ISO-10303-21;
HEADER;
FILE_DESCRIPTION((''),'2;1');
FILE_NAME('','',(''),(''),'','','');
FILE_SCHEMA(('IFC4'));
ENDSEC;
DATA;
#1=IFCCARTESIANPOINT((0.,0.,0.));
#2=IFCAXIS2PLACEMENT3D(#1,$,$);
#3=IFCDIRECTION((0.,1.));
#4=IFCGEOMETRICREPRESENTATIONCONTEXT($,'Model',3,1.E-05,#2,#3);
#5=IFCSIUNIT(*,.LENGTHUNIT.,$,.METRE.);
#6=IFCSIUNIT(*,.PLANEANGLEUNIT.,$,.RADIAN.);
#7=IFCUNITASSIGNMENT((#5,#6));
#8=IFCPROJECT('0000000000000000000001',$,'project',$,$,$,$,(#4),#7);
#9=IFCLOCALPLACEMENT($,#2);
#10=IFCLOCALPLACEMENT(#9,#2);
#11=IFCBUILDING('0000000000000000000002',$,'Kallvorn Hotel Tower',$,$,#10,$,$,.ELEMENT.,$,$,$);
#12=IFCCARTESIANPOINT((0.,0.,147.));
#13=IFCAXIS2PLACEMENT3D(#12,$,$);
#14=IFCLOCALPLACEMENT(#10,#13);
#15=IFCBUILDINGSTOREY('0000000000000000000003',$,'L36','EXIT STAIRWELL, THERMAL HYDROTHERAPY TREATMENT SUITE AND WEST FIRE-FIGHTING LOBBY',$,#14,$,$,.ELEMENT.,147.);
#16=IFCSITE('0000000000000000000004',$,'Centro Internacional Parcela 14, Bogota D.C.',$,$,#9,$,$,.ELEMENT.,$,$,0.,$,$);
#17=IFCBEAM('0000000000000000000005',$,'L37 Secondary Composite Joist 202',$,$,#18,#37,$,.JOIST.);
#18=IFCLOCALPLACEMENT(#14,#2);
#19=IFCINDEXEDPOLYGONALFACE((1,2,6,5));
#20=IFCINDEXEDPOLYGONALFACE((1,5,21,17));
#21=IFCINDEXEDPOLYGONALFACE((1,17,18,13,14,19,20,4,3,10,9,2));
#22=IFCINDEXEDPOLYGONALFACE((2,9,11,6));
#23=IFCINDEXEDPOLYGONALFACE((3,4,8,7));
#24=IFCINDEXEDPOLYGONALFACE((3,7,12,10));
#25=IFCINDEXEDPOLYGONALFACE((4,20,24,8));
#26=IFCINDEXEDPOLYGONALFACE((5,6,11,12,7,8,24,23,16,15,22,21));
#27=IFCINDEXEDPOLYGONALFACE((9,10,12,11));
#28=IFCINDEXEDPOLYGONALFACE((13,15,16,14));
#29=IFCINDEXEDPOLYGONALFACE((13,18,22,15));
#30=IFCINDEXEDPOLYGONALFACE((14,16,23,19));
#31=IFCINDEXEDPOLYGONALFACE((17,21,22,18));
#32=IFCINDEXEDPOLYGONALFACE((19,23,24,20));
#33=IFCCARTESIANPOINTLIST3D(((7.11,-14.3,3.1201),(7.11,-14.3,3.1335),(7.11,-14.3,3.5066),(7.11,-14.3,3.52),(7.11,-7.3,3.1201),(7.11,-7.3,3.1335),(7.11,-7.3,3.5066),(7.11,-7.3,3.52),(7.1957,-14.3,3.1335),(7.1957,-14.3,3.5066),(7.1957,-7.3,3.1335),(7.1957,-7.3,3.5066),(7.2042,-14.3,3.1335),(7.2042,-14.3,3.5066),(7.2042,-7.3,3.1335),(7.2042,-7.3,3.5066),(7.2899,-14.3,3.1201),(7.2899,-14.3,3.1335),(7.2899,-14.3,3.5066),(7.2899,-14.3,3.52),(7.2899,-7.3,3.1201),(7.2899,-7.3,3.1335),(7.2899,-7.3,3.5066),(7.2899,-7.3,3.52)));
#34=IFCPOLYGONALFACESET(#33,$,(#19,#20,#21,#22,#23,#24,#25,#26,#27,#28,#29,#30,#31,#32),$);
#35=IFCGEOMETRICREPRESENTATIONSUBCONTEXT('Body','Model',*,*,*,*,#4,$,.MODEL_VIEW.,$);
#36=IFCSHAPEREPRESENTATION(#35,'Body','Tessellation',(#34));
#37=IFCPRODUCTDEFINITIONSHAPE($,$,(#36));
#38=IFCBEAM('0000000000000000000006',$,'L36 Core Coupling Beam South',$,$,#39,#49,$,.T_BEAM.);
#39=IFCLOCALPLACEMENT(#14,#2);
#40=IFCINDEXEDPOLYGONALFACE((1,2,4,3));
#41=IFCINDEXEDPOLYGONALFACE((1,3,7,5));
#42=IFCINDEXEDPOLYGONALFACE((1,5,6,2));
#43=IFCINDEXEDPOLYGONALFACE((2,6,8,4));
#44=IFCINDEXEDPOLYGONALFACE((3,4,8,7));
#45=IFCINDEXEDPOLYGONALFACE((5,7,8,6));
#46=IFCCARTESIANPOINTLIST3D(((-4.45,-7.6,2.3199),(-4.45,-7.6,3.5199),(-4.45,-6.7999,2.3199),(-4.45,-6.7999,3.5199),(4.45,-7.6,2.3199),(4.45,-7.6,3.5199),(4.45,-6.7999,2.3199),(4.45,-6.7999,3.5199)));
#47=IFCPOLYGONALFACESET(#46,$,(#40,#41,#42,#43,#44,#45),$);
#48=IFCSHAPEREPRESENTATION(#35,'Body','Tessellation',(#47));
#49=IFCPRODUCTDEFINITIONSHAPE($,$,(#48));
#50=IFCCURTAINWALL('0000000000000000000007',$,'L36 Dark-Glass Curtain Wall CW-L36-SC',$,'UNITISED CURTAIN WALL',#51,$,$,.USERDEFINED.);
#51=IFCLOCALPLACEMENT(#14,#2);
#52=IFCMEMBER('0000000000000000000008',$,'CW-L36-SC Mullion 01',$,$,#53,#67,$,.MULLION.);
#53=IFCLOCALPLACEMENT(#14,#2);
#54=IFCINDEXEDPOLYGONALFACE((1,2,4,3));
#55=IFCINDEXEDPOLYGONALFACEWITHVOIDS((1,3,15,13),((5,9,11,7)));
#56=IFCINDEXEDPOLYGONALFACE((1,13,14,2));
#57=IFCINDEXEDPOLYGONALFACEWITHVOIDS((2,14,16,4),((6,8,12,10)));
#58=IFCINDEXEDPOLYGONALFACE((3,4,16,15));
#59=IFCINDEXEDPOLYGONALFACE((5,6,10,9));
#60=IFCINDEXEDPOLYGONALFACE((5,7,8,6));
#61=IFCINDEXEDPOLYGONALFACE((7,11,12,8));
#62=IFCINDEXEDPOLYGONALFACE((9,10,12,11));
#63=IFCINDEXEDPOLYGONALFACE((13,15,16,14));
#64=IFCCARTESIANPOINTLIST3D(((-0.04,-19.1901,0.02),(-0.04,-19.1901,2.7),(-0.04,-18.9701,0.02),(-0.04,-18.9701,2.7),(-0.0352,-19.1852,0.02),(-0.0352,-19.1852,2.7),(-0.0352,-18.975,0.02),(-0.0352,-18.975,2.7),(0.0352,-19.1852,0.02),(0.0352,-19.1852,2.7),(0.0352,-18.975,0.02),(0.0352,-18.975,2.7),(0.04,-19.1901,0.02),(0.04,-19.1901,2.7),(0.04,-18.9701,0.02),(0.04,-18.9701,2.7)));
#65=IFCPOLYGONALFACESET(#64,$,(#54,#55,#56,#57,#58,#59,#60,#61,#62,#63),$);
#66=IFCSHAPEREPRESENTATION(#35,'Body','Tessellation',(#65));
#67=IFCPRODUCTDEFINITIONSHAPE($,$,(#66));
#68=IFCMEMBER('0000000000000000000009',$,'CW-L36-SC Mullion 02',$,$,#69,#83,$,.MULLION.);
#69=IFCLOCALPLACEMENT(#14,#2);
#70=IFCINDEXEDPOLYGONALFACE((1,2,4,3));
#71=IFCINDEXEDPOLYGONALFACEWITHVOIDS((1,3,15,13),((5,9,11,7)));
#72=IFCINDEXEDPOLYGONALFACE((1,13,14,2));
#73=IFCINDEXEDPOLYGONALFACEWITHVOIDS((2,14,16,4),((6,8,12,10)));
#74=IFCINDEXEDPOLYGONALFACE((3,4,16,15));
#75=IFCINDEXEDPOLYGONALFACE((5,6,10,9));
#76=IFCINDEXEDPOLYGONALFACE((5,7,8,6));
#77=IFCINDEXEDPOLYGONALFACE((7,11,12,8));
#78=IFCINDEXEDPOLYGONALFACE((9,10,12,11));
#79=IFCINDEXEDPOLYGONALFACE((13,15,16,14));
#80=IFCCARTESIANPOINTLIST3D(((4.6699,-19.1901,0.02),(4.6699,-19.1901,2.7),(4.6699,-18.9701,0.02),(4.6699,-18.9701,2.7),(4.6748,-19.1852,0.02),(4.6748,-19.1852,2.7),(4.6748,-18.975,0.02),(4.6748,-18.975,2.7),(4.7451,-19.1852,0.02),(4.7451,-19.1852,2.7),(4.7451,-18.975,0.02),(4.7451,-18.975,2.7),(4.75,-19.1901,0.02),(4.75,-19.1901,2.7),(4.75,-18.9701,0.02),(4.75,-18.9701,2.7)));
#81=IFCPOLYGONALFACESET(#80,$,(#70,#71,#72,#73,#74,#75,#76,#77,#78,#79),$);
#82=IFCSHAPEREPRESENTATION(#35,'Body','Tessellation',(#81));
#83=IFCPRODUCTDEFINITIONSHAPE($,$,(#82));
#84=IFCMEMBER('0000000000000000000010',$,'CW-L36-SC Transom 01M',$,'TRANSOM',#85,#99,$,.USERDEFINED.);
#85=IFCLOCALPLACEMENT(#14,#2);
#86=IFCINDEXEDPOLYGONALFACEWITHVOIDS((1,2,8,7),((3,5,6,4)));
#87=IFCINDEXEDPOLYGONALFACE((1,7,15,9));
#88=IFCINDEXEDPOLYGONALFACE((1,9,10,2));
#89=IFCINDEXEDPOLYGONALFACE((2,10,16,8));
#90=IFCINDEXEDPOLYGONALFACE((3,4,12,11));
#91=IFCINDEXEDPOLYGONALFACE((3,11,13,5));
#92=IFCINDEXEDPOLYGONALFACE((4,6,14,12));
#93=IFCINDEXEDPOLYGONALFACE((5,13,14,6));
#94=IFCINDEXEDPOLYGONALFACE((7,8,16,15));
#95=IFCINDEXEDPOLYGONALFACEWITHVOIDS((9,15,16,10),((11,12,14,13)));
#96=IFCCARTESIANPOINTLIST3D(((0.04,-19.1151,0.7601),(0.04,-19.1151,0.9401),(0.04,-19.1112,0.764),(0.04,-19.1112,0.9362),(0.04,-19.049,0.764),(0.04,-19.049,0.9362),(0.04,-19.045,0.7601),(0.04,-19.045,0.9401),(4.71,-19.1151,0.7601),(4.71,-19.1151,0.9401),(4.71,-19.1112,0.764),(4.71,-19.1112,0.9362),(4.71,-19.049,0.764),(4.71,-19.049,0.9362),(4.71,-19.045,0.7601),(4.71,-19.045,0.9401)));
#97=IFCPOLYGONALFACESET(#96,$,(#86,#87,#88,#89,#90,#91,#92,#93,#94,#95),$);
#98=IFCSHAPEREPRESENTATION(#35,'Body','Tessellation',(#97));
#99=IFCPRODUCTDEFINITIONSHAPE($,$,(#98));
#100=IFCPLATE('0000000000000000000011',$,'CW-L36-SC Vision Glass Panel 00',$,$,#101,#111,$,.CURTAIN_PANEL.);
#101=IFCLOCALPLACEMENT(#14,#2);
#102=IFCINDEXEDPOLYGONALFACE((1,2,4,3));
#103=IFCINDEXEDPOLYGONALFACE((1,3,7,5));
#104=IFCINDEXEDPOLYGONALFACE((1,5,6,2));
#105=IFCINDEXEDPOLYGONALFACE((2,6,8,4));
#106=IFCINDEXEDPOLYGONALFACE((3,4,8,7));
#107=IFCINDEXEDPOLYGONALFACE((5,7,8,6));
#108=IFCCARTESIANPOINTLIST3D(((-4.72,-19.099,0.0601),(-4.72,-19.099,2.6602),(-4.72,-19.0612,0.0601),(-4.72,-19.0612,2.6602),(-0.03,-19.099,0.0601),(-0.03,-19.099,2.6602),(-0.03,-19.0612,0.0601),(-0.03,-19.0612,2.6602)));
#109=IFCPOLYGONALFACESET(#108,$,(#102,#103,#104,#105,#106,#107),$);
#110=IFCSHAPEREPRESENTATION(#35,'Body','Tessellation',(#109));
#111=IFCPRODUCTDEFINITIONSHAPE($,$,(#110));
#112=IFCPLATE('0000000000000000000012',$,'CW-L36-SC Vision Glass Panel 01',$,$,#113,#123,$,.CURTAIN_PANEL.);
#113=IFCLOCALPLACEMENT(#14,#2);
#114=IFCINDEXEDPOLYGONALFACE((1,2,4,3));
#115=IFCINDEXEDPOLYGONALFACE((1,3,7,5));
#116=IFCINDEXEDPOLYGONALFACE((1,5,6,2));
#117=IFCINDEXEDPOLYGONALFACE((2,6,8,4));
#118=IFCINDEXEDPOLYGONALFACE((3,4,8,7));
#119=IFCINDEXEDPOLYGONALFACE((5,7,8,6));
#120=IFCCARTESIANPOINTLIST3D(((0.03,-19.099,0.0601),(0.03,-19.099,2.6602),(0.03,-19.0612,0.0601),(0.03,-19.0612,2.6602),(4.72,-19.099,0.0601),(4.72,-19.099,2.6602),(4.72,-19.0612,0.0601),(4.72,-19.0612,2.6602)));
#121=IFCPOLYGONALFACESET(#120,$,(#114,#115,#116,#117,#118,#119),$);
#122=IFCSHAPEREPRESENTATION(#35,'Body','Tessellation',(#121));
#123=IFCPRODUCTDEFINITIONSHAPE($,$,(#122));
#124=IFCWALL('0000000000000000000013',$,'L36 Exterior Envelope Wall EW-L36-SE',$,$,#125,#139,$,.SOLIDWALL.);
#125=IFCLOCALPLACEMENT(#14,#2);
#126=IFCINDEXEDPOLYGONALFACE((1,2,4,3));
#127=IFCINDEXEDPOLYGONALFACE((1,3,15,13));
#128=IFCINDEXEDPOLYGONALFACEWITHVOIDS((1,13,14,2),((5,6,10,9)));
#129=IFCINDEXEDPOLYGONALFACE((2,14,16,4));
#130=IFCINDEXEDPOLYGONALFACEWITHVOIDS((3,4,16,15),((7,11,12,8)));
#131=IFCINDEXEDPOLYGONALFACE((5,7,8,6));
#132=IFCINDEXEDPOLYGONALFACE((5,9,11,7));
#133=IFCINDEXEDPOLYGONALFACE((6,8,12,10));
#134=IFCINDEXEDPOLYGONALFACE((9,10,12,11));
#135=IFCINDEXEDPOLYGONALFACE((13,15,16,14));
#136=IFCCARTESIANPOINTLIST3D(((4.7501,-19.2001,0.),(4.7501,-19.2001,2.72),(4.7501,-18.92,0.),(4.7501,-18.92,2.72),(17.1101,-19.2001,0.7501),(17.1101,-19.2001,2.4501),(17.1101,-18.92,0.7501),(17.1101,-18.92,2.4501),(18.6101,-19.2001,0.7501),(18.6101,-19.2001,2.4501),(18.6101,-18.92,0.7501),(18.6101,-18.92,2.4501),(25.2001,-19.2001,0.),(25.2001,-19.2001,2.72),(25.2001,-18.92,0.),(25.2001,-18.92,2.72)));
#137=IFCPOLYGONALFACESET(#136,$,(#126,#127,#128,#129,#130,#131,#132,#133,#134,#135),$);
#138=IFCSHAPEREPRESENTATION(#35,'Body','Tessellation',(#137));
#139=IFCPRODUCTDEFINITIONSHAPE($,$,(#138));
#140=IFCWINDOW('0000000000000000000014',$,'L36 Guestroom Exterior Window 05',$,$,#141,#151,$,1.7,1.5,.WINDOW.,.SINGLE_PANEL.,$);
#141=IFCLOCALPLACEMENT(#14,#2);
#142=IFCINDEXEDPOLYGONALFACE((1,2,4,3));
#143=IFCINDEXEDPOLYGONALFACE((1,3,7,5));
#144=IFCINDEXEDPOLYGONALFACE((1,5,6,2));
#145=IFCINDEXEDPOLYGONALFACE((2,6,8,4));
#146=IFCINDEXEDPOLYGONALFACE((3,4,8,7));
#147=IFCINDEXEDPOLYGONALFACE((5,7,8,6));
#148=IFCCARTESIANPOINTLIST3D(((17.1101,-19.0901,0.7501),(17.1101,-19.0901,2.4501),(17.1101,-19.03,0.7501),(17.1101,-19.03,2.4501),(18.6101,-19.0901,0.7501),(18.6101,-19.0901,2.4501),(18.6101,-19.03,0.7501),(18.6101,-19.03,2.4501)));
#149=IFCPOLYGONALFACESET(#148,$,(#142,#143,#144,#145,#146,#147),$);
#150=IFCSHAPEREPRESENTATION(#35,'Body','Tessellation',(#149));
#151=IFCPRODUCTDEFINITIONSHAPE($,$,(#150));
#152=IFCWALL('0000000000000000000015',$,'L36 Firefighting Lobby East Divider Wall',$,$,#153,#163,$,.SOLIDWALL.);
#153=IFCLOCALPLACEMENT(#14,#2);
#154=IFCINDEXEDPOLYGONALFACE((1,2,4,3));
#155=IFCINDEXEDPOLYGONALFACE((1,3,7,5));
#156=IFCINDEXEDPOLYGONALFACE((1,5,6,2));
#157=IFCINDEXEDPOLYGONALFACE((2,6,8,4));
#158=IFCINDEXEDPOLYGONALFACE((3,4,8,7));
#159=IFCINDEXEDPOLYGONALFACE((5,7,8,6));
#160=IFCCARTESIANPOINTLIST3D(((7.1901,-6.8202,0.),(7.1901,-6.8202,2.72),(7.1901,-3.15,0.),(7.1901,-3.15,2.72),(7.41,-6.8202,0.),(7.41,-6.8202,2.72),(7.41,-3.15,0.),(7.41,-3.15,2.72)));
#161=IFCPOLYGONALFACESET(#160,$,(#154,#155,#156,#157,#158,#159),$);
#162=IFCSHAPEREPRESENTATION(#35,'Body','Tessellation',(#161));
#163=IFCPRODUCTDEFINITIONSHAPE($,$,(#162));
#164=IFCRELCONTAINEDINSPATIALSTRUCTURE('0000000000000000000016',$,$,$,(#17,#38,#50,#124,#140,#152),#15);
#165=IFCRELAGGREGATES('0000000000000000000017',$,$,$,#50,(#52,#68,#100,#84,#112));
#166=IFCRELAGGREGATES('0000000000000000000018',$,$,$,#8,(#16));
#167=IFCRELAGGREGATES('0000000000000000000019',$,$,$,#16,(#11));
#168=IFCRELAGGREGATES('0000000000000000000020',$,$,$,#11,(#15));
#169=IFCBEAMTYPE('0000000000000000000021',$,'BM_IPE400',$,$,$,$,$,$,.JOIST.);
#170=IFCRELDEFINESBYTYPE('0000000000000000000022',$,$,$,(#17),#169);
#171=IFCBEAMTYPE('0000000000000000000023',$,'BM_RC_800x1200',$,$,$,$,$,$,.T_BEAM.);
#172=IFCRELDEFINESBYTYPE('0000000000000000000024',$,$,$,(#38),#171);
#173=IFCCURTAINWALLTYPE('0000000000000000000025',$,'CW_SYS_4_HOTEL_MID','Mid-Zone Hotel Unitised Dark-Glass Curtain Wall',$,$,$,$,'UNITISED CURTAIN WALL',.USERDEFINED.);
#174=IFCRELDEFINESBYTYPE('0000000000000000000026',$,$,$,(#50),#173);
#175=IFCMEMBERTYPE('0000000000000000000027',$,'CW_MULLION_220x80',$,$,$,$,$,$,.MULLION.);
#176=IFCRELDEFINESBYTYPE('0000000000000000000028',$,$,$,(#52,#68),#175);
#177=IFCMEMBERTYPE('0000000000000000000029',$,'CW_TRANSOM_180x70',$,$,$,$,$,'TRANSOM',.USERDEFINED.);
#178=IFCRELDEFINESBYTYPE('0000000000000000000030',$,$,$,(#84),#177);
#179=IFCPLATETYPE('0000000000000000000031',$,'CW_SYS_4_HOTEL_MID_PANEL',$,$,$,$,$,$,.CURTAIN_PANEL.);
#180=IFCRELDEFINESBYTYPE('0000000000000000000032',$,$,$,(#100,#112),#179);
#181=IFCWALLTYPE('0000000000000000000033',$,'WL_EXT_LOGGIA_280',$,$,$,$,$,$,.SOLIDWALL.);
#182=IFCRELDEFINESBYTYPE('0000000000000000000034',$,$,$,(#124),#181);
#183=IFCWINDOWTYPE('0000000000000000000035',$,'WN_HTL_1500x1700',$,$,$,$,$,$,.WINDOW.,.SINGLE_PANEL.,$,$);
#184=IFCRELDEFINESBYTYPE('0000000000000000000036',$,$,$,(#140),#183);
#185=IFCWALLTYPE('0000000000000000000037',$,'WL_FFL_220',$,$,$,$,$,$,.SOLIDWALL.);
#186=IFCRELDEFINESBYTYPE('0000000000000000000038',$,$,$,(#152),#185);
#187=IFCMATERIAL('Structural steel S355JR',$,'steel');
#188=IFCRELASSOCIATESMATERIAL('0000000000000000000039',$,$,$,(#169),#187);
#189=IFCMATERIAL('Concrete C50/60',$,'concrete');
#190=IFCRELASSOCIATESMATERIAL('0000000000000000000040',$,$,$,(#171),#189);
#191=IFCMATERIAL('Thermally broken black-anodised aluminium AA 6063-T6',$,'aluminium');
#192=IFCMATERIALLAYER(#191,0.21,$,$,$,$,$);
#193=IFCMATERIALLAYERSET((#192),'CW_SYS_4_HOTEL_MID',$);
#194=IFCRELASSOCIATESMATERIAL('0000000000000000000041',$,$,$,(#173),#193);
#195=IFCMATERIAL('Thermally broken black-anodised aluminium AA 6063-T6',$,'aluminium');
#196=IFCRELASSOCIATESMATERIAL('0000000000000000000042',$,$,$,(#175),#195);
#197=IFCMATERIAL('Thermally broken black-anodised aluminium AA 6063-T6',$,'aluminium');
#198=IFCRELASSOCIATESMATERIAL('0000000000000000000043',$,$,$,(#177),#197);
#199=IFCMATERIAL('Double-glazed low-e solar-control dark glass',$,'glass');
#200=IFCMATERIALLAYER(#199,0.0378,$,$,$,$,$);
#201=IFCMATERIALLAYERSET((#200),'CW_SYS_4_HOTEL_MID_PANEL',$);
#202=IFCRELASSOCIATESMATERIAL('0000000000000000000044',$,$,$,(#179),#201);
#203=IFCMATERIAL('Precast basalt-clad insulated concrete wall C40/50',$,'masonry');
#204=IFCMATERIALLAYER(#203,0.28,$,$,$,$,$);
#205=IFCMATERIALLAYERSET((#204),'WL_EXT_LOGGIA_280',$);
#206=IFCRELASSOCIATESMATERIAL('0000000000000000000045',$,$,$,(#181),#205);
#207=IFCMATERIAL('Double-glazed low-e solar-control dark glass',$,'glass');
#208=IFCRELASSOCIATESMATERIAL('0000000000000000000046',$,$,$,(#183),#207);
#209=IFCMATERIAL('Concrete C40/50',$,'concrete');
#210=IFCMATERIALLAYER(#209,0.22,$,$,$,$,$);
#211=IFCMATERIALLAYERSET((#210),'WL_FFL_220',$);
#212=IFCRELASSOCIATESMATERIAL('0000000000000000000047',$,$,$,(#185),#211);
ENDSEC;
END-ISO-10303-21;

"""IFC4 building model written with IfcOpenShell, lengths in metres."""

from ifc_helpers import new_model, si_unit, direction, frame, frame_2d, origin, origin_2d, place, context, subcontext, project, spatial, rectangle, hollow_rectangle, i_section, extrude, material, layer, layer_set, material_profile, profile_set, type_object, element, fill, aggregate, save


model = new_model("IFC4")

# Units and contexts
model_context = context("Model", 3, precision=1e-05, world=origin(), true_north=direction((0.0, 1.0)))
body_context = subcontext(model_context, "Body", "Model", "MODEL_VIEW")
ifc_project = project(units=[si_unit("LENGTHUNIT", "METRE"), si_unit("PLANEANGLEUNIT", "RADIAN")], contexts=[model_context])

# Site, building, storey
site_placement = place(None, origin())
site = spatial("IfcSite", under=ifc_project, at=site_placement, Name="Centro Internacional Parcela 14, Bogota D.C.", CompositionType="ELEMENT", RefElevation=0.0)
building_placement = place(site_placement, origin())
building = spatial("IfcBuilding", under=site, at=building_placement, Name="Kallvorn Hotel Tower", CompositionType="ELEMENT")
storey_placement = place(building_placement, frame((0.0, 0.0, 147.0)))
storey = spatial("IfcBuildingStorey", under=building, at=storey_placement, Name="L36", Description="EXIT STAIRWELL, THERMAL HYDROTHERAPY TREATMENT SUITE AND WEST FIRE-FIGHTING LOBBY", CompositionType="ELEMENT", Elevation=147.0)

# Beams
ifc_material_1 = material(Name="Structural steel S355JR", Category="steel")
ifc_material_profile_1 = material_profile(ifc_material_1, i_section(OverallWidth=0.1799, OverallDepth=0.3999, WebThickness=0.0085, FlangeThickness=0.0134, at=origin_2d()), Name="IPE 400")
ifc_profile_set_1 = profile_set([ifc_material_profile_1], Name="Structural steel S355JR")
beam_type_1 = type_object("IfcBeamType", Name="BM_IPE400", PredefinedType="JOIST", material=ifc_profile_set_1)
for number, where, z_axis, x_axis, name in (
    (1, (7.2, -14.3, 3.3201), (0.0, 1.0, 0.0), (-1.0, 0.0, 0.0), "L37 Secondary Composite Joist 202"),
):
    element("IfcBeam", number, at=place(storey_placement, frame(where, z_axis=z_axis, x_axis=x_axis)), inside=storey, type_object=beam_type_1, Name=name, PredefinedType="JOIST", context=body_context, shape_type="SweptSolid", body=[
        extrude(i_section(OverallWidth=0.1799, OverallDepth=0.3999, WebThickness=0.0085, FlangeThickness=0.0134, at=origin_2d()), origin(), (0.0, 0.0, 1.0), 7.0),
    ])
ifc_material_2 = material(Name="Concrete C50/60", Category="concrete")
ifc_material_profile_2 = material_profile(ifc_material_2, rectangle(XDim=0.8, YDim=1.2, at=origin_2d()), Name="RC 800x1200")
ifc_profile_set_2 = profile_set([ifc_material_profile_2], Name="Concrete C50/60")
beam_type_2 = type_object("IfcBeamType", Name="BM_RC_800x1200", PredefinedType="T_BEAM", material=ifc_profile_set_2)
beam_1_placement = place(storey_placement, frame((-4.45, -7.2, 2.9199), z_axis=(1.0, 0.0, 0.0), x_axis=(0.0, 1.0, 0.0)))
element("IfcBeam", 2, at=beam_1_placement, inside=storey, type_object=beam_type_2, Name="L36 Core Coupling Beam South", PredefinedType="T_BEAM", context=body_context, shape_type="SweptSolid", body=[
    extrude(rectangle(XDim=0.8, YDim=1.2, at=origin_2d()), origin(), (0.0, 0.0, 1.0), 8.8999),
])

# Curtain wall, members, plates
ifc_material_3 = material(Name="Thermally broken black-anodised aluminium AA 6063-T6", Category="aluminium")
ifc_layer_1 = layer(ifc_material_3, 0.21)
ifc_layer_set_1 = layer_set([ifc_layer_1], Name="CW_SYS_4_HOTEL_MID")
curtain_wall_type = type_object("IfcCurtainWallType", Name="CW_SYS_4_HOTEL_MID", Description="Mid-Zone Hotel Unitised Dark-Glass Curtain Wall", ElementType="UNITISED CURTAIN WALL", PredefinedType="USERDEFINED", material=ifc_layer_set_1)
curtain_wall_placement = place(storey_placement, origin())
curtain_wall = element("IfcCurtainWall", 3, at=curtain_wall_placement, inside=storey, type_object=curtain_wall_type, Name="L36 Dark-Glass Curtain Wall CW-L36-SC", ObjectType="UNITISED CURTAIN WALL", PredefinedType="USERDEFINED")
ifc_material_4 = material(Name="Thermally broken black-anodised aluminium AA 6063-T6", Category="aluminium")
ifc_material_profile_3 = material_profile(ifc_material_4, hollow_rectangle(XDim=0.0801, YDim=0.22, WallThickness=0.0049, at=origin_2d()), Name="MUL 220x80")
ifc_profile_set_3 = profile_set([ifc_material_profile_3], Name="Thermally broken black-anodised aluminium AA 6063-T6")
member_type_1 = type_object("IfcMemberType", Name="CW_MULLION_220x80", PredefinedType="MULLION", material=ifc_profile_set_3)
member_1_placement = place(storey_placement, frame((0.0, -19.0801, 0.02), z_axis=(0.0, 0.0, 1.0), x_axis=(1.0, 0.0, 0.0)))
member_1 = element("IfcMember", 4, at=member_1_placement, type_object=member_type_1, Name="CW-L36-SC Mullion 01", PredefinedType="MULLION", context=body_context, shape_type="SweptSolid", body=[
    extrude(hollow_rectangle(XDim=0.0801, YDim=0.22, WallThickness=0.0049, at=origin_2d()), origin(), (0.0, 0.0, 1.0), 2.6799),
])
member_2_placement = place(storey_placement, frame((4.71, -19.0801, 0.02), z_axis=(0.0, 0.0, 1.0), x_axis=(1.0, 0.0, 0.0)))
member_2 = element("IfcMember", 5, at=member_2_placement, type_object=member_type_1, Name="CW-L36-SC Mullion 02", PredefinedType="MULLION", context=body_context, shape_type="SweptSolid", body=[
    extrude(hollow_rectangle(XDim=0.0801, YDim=0.22, WallThickness=0.0049, at=origin_2d()), origin(), (0.0, 0.0, 1.0), 2.6799),
])
ifc_material_5 = material(Name="Thermally broken black-anodised aluminium AA 6063-T6", Category="aluminium")
ifc_material_profile_4 = material_profile(ifc_material_5, hollow_rectangle(XDim=0.0701, YDim=0.1799, WallThickness=0.0039, at=origin_2d()), Name="TRN 180x70")
ifc_profile_set_4 = profile_set([ifc_material_profile_4], Name="Thermally broken black-anodised aluminium AA 6063-T6")
member_type_2 = type_object("IfcMemberType", Name="CW_TRANSOM_180x70", ElementType="TRANSOM", PredefinedType="USERDEFINED", material=ifc_profile_set_4)
member_3_placement = place(storey_placement, frame((0.04, -19.0801, 0.8501), z_axis=(1.0, 0.0, 0.0), x_axis=(0.0, 1.0, 0.0)))
member_3 = element("IfcMember", 6, at=member_3_placement, type_object=member_type_2, Name="CW-L36-SC Transom 01M", ObjectType="TRANSOM", PredefinedType="USERDEFINED", context=body_context, shape_type="SweptSolid", body=[
    extrude(hollow_rectangle(XDim=0.0701, YDim=0.1799, WallThickness=0.0039, at=origin_2d()), origin(), (0.0, 0.0, 1.0), 4.6699),
])
ifc_material_6 = material(Name="Double-glazed low-e solar-control dark glass", Category="glass")
ifc_layer_2 = layer(ifc_material_6, 0.0378)
ifc_layer_set_2 = layer_set([ifc_layer_2], Name="CW_SYS_4_HOTEL_MID_PANEL")
plate_type = type_object("IfcPlateType", Name="CW_SYS_4_HOTEL_MID_PANEL", PredefinedType="CURTAIN_PANEL", material=ifc_layer_set_2)
plate_1_placement = place(storey_placement, frame((-2.375, -19.0801, 0.0601), z_axis=(0.0, 0.0, 1.0), x_axis=(1.0, 0.0, 0.0)))
plate_1 = element("IfcPlate", 7, at=plate_1_placement, type_object=plate_type, Name="CW-L36-SC Vision Glass Panel 00", PredefinedType="CURTAIN_PANEL", context=body_context, shape_type="SweptSolid", body=[
    extrude(rectangle(XDim=4.6899, YDim=0.0378, at=origin_2d()), origin(), (0.0, 0.0, 1.0), 2.6001),
])
plate_2_placement = place(storey_placement, frame((2.375, -19.0801, 0.0601), z_axis=(0.0, 0.0, 1.0), x_axis=(1.0, 0.0, 0.0)))
plate_2 = element("IfcPlate", 8, at=plate_2_placement, type_object=plate_type, Name="CW-L36-SC Vision Glass Panel 01", PredefinedType="CURTAIN_PANEL", context=body_context, shape_type="SweptSolid", body=[
    extrude(rectangle(XDim=4.6899, YDim=0.0378, at=origin_2d()), origin(), (0.0, 0.0, 1.0), 2.6001),
])
aggregate(curtain_wall, [member_1, member_2, plate_1, member_3, plate_2])

# Wall, opening, window
ifc_material_7 = material(Name="Precast basalt-clad insulated concrete wall C40/50", Category="masonry")
ifc_layer_3 = layer(ifc_material_7, 0.28)
ifc_layer_set_3 = layer_set([ifc_layer_3], Name="WL_EXT_LOGGIA_280")
wall_type_1 = type_object("IfcWallType", Name="WL_EXT_LOGGIA_280", PredefinedType="SOLIDWALL", material=ifc_layer_set_3)
wall_1_placement = place(storey_placement, frame((4.75, -19.0601, 0.0), z_axis=(0.0, 0.0, 1.0), x_axis=(1.0, 0.0, 0.0)))
wall_1 = element("IfcWall", 9, at=wall_1_placement, inside=storey, type_object=wall_type_1, Name="L36 Exterior Envelope Wall EW-L36-SE", PredefinedType="SOLIDWALL", context=body_context, shape_type="SweptSolid", body=[
    extrude(rectangle(XDim=20.45, YDim=0.28, at=frame_2d((10.2251, 0.0))), origin(), (0.0, 0.0, 1.0), 2.72),
])
opening_1_placement = place(wall_1_placement, frame((12.3601, 0.0, 0.75)))
opening_1 = element("IfcOpeningElement", 10, at=opening_1_placement, cuts=wall_1, PredefinedType="OPENING", context=body_context, shape_type="SweptSolid", body=[
    extrude(rectangle(XDim=1.5, YDim=1.7, at=frame_2d((0.75, 0.8501))), frame((0.0, 0.155, 0.0), z_axis=(0.0, -1.0, 0.0), x_axis=(1.0, 0.0, 0.0)), (0.0, 0.0, 1.0), 0.3101),
])
ifc_material_8 = material(Name="Double-glazed low-e solar-control dark glass", Category="glass")
window_type = type_object("IfcWindowType", Name="WN_HTL_1500x1700", PartitioningType="SINGLE_PANEL", PredefinedType="WINDOW", material=ifc_material_8)
window_placement = place(opening_1_placement, origin())
window = element("IfcWindow", 11, at=window_placement, inside=storey, type_object=window_type, Name="L36 Guestroom Exterior Window 05", OverallHeight=1.7, OverallWidth=1.5, PartitioningType="SINGLE_PANEL", PredefinedType="WINDOW", context=body_context, shape_type="SweptSolid", body=[
    extrude(rectangle(XDim=1.5, YDim=1.7, at=frame_2d((0.75, 0.8501))), frame((0.0, 0.03, 0.0), z_axis=(0.0, -1.0, 0.0), x_axis=(1.0, 0.0, 0.0)), (0.0, 0.0, 1.0), 0.0601),
])
fill(opening_1, window)

# Wall
ifc_material_9 = material(Name="Concrete C40/50", Category="concrete")
ifc_layer_4 = layer(ifc_material_9, 0.22)
ifc_layer_set_4 = layer_set([ifc_layer_4], Name="WL_FFL_220")
wall_type_2 = type_object("IfcWallType", Name="WL_FFL_220", PredefinedType="SOLIDWALL", material=ifc_layer_set_4)
wall_2_placement = place(storey_placement, frame((7.3, -6.8201, 0.0), z_axis=(0.0, 0.0, 1.0), x_axis=(0.0, 1.0, 0.0)))
element("IfcWall", 12, at=wall_2_placement, inside=storey, type_object=wall_type_2, Name="L36 Firefighting Lobby East Divider Wall", PredefinedType="SOLIDWALL", context=body_context, shape_type="SweptSolid", body=[
    extrude(rectangle(XDim=3.6702, YDim=0.22, at=frame_2d((1.835, 0.0))), origin(), (0.0, 0.0, 1.0), 2.72),
])

save(model, "model.ifc")
